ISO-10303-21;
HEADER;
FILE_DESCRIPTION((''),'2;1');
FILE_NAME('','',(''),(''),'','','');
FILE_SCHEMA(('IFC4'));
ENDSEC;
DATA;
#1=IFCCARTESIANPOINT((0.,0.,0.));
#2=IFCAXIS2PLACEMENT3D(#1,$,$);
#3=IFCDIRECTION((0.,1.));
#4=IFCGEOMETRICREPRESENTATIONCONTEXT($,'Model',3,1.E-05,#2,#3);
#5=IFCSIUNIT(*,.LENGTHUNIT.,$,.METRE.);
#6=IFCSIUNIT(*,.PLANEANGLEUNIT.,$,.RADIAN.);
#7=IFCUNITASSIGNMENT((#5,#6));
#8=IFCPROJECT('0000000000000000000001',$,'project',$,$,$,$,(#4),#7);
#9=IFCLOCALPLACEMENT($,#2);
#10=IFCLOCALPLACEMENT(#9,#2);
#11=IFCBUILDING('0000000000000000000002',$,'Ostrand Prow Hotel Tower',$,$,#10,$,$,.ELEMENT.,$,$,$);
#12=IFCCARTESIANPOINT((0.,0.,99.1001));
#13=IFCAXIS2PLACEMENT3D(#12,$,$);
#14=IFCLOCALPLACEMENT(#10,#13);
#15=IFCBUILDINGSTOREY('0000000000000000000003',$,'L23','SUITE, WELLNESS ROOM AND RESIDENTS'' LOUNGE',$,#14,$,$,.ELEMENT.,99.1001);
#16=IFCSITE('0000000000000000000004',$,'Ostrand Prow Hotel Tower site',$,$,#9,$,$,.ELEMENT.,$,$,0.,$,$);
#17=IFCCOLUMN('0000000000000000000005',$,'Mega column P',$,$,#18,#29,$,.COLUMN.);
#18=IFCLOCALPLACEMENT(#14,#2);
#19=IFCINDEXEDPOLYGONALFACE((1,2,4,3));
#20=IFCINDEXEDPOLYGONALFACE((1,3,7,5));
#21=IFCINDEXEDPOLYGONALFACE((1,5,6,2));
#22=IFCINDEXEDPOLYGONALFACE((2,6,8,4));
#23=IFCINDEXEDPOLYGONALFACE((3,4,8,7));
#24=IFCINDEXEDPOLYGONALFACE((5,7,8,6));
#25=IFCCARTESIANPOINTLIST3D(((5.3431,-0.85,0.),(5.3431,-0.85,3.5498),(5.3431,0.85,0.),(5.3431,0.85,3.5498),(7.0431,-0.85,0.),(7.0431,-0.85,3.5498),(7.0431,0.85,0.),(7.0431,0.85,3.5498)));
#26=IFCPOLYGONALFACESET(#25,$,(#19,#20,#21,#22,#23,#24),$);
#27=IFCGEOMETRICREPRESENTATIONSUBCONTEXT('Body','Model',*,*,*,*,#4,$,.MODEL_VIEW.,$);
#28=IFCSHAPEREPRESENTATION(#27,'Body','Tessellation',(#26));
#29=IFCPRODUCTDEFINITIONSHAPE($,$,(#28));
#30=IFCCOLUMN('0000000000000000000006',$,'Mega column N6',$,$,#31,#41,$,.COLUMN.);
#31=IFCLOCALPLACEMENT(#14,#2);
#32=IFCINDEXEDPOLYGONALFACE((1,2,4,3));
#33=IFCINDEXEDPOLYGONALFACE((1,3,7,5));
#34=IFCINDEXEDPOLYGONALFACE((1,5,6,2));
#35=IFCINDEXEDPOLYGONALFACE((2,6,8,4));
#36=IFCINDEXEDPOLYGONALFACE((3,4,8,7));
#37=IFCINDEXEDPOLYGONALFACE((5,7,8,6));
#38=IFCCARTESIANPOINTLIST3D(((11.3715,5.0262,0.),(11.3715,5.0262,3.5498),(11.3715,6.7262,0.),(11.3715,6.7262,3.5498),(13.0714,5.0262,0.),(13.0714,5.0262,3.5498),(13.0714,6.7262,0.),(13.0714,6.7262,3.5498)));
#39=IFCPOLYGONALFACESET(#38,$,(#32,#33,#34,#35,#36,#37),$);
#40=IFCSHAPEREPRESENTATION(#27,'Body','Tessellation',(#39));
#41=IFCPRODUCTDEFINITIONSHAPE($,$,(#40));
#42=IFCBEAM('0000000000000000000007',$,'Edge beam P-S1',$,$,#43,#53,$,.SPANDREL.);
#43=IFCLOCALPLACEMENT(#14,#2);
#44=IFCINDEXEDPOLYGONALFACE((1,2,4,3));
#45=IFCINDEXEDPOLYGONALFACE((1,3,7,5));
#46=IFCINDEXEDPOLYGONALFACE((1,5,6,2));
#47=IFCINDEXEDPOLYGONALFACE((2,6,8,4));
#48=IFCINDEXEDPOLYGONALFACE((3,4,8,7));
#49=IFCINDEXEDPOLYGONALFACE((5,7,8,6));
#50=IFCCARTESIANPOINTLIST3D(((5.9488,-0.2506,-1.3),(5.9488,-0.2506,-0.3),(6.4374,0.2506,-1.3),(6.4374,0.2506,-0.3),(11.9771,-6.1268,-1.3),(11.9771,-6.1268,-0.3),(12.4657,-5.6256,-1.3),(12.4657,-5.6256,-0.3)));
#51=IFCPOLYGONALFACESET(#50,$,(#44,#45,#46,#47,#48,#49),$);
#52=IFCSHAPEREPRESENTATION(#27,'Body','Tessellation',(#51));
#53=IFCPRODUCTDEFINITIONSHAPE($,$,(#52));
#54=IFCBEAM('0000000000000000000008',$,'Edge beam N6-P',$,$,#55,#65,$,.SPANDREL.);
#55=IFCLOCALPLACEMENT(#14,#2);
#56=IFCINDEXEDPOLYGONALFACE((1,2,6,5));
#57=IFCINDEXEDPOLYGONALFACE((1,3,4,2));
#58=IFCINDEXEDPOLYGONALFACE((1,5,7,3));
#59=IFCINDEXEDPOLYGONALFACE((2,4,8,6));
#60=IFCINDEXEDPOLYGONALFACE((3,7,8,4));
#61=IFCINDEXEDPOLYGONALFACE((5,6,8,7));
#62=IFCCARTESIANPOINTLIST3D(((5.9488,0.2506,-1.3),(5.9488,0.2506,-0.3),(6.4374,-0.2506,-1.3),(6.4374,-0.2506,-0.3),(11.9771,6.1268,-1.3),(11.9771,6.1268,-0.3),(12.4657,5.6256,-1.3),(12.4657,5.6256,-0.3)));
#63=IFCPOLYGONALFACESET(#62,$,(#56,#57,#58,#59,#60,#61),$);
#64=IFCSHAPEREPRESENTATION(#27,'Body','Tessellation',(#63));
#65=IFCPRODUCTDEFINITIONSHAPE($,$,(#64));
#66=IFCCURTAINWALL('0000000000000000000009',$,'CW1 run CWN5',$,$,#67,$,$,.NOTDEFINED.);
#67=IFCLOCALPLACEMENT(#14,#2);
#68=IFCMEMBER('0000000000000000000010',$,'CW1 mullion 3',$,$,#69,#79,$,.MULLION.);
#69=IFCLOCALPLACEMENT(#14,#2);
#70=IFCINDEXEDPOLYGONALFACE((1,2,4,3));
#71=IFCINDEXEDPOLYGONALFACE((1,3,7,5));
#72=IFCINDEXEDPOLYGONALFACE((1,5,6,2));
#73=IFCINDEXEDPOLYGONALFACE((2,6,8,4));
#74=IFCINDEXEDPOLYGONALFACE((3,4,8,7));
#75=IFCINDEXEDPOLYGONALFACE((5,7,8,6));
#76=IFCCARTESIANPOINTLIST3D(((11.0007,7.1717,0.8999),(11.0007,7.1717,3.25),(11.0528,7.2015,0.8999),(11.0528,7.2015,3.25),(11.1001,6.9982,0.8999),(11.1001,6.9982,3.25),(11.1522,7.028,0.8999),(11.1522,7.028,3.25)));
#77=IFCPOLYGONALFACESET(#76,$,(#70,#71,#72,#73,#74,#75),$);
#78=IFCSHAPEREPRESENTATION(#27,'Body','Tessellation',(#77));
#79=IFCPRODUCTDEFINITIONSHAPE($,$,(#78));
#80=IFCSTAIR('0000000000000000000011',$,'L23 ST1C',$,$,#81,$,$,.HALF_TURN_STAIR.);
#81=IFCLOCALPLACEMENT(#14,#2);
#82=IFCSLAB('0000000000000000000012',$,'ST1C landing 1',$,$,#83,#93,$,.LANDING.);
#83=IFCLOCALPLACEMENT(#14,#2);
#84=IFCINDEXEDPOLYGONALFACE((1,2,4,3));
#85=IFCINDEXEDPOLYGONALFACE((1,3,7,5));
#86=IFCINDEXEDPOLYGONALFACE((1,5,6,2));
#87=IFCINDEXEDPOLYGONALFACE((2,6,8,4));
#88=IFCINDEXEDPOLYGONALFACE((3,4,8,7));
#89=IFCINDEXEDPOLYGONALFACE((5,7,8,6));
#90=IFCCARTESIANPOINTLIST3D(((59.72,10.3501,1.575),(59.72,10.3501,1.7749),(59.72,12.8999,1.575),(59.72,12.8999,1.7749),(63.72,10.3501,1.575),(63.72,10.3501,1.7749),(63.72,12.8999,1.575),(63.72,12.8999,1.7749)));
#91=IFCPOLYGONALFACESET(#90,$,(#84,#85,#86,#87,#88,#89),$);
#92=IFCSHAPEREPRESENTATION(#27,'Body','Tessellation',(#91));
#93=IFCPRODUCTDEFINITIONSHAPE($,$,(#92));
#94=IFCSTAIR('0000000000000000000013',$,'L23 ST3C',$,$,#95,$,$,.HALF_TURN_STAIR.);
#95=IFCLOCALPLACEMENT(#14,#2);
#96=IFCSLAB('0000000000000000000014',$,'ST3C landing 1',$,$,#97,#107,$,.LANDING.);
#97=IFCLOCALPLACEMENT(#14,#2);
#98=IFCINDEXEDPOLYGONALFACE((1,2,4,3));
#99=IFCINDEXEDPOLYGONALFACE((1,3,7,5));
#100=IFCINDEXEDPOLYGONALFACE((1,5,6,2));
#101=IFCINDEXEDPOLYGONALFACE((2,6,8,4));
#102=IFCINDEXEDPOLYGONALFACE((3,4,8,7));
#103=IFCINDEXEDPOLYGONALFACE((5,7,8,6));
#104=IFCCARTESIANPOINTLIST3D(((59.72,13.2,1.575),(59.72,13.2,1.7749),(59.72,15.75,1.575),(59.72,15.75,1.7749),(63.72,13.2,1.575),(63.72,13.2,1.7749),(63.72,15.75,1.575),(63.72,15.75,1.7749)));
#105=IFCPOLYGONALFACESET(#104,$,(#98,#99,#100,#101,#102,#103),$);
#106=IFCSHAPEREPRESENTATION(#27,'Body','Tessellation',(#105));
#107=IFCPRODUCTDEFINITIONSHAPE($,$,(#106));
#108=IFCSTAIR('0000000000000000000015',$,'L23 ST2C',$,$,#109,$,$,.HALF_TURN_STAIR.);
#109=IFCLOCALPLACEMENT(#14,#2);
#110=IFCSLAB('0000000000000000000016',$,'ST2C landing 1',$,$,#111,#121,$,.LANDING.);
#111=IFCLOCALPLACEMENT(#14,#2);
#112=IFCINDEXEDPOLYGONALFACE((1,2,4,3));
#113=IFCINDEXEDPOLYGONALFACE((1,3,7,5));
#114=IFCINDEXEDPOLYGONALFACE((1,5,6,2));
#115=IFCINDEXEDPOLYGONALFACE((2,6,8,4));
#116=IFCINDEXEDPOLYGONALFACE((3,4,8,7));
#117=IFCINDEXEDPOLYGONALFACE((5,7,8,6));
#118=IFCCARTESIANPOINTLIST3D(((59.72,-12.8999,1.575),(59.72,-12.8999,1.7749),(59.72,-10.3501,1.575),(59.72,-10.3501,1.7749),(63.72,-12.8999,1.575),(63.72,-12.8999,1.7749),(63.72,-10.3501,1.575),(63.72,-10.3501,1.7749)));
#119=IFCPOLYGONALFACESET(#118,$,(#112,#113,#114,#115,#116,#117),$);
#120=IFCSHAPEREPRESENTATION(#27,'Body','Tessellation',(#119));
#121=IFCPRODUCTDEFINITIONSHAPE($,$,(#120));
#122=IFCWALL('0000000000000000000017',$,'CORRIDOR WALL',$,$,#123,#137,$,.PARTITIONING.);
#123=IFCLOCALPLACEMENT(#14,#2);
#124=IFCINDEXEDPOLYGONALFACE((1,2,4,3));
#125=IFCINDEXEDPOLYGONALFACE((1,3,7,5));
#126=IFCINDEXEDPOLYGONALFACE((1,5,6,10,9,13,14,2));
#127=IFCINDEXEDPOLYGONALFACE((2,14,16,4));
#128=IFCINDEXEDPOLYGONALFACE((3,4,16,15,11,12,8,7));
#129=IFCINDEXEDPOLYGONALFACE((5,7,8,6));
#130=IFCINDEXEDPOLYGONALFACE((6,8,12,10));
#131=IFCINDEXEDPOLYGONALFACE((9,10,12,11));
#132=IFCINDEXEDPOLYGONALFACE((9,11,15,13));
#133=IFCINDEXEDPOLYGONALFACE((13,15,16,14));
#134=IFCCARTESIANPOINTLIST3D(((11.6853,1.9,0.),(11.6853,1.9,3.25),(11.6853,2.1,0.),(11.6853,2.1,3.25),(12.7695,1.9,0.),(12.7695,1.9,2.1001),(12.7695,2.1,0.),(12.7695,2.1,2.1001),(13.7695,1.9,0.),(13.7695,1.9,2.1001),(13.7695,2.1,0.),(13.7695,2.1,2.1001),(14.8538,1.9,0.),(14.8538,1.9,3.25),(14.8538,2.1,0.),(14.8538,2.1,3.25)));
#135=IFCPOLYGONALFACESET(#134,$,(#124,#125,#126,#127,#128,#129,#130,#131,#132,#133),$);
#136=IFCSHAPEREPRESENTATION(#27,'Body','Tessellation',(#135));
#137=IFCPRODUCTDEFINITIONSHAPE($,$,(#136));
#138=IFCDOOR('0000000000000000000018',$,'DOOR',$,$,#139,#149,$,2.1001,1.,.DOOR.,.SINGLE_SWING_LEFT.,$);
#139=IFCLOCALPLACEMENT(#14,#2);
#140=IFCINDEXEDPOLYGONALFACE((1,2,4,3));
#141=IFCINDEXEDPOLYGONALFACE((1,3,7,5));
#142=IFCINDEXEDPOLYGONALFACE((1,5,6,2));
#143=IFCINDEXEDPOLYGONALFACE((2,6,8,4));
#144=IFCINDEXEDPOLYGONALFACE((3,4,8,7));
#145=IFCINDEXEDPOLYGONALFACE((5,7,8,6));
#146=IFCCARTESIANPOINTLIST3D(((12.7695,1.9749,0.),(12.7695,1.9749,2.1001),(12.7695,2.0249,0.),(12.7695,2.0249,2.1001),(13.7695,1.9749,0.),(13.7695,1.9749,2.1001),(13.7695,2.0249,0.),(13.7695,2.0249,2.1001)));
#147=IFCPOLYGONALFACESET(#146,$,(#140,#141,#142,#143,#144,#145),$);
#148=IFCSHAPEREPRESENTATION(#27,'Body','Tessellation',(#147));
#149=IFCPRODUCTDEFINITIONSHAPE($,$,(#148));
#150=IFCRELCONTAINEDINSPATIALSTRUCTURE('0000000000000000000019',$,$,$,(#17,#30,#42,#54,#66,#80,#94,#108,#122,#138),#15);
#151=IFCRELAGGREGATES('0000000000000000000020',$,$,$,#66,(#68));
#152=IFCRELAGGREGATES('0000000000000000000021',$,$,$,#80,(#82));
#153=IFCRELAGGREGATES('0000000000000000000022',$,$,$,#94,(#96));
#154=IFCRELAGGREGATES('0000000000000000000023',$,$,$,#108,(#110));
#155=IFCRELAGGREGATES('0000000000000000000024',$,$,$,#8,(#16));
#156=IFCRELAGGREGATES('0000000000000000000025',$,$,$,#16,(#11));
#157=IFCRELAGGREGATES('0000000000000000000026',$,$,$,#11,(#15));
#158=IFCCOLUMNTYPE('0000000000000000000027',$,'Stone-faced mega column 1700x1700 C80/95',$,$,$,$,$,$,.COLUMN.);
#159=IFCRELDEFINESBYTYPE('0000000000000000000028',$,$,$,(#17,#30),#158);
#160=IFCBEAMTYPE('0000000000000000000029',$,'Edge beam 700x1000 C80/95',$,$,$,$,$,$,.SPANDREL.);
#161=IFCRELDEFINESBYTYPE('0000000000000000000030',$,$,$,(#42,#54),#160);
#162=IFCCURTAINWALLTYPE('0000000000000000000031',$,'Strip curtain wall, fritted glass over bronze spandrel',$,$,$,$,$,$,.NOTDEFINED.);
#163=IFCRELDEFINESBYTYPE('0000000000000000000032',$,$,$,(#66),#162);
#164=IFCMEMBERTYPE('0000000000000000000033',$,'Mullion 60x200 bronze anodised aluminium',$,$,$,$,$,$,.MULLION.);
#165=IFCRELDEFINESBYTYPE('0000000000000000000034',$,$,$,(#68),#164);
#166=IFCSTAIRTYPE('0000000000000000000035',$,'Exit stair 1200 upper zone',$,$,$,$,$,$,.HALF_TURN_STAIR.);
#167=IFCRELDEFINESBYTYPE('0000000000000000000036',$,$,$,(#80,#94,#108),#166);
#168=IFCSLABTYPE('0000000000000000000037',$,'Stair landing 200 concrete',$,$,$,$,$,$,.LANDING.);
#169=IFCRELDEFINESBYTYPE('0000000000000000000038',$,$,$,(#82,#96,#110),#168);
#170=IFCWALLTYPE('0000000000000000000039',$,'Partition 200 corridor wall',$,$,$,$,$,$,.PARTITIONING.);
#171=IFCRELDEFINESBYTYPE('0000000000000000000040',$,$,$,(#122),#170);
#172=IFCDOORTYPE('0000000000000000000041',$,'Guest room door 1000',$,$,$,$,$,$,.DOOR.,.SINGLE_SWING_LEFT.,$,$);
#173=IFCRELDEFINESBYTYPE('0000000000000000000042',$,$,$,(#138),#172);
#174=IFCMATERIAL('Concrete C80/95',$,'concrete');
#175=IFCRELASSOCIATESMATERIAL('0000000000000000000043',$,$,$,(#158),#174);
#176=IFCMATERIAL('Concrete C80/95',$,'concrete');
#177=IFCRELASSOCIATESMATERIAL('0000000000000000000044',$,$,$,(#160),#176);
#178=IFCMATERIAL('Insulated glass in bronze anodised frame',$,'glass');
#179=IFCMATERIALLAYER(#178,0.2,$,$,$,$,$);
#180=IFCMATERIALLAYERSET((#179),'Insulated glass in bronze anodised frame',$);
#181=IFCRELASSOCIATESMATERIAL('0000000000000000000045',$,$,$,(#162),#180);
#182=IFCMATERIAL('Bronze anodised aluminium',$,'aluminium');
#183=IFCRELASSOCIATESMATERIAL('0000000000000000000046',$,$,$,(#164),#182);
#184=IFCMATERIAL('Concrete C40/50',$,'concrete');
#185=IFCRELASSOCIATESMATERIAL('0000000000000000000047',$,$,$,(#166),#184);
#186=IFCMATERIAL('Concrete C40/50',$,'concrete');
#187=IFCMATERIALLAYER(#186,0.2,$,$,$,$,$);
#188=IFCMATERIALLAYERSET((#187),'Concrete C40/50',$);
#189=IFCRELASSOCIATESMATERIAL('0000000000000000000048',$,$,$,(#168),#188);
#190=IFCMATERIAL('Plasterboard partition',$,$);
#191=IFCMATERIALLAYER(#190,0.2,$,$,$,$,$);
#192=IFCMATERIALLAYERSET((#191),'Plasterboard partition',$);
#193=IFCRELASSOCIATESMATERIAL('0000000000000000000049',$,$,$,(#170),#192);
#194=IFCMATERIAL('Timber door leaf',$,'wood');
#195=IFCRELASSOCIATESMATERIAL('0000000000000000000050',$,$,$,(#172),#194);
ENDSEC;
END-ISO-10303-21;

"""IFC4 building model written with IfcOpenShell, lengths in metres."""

from ifc_helpers import new_model, si_unit, direction, frame, frame_2d, origin, origin_2d, place, context, subcontext, project, spatial, polyline, rectangle, outline, extrude, material, layer, layer_set, material_profile, profile_set, type_object, element, fill, aggregate, save


model = new_model("IFC4")

# Units and contexts
model_context = context("Model", 3, precision=1e-05, world=origin(), true_north=direction((0.0, 1.0)))
body_context = subcontext(model_context, "Body", "Model", "MODEL_VIEW")
ifc_project = project(units=[si_unit("LENGTHUNIT", "METRE"), si_unit("PLANEANGLEUNIT", "RADIAN")], contexts=[model_context])

# Site, building, storey
site_placement = place(None, origin())
site = spatial("IfcSite", under=ifc_project, at=site_placement, Name="Ostrand Prow Hotel Tower site", CompositionType="ELEMENT", RefElevation=0.0)
building_placement = place(site_placement, origin())
building = spatial("IfcBuilding", under=site, at=building_placement, Name="Ostrand Prow Hotel Tower", CompositionType="ELEMENT")
storey_placement = place(building_placement, frame((0.0, 0.0, 99.1001)))
storey = spatial("IfcBuildingStorey", under=building, at=storey_placement, Name="L23", Description="SUITE, WELLNESS ROOM AND RESIDENTS' LOUNGE", CompositionType="ELEMENT", Elevation=99.1001)

# Columns
ifc_material_1 = material(Name="Concrete C80/95", Category="concrete")
ifc_material_profile_1 = material_profile(ifc_material_1, rectangle(XDim=1.7, YDim=1.7, at=origin_2d()), Name="RC 1700x1700")
ifc_profile_set_1 = profile_set([ifc_material_profile_1], Name="Concrete C80/95")
column_type = type_object("IfcColumnType", Name="Stone-faced mega column 1700x1700 C80/95", PredefinedType="COLUMN", material=ifc_profile_set_1)
for number, where, z_axis, x_axis, name in (
    (1, (6.1931, 0.0, 0.0), (0.0, 0.0, 1.0), (1.0, 0.0, 0.0), "Mega column P"),
    (2, (12.2214, 5.8762, 0.0), (0.0, 0.0, 1.0), (1.0, 0.0, 0.0), "Mega column N6"),
):
    element("IfcColumn", number, at=place(storey_placement, frame(where, z_axis=z_axis, x_axis=x_axis)), inside=storey, type_object=column_type, Name=name, PredefinedType="COLUMN", context=body_context, shape_type="SweptSolid", body=[
        extrude(rectangle(XDim=1.7, YDim=1.7, at=origin_2d()), origin(), (0.0, 0.0, 1.0), 3.5498),
    ])

# Beams
ifc_material_2 = material(Name="Concrete C80/95", Category="concrete")
ifc_material_profile_2 = material_profile(ifc_material_2, rectangle(XDim=0.7, YDim=1.0, at=origin_2d()), Name="RC 700x1000")
ifc_profile_set_2 = profile_set([ifc_material_profile_2], Name="Concrete C80/95")
beam_type = type_object("IfcBeamType", Name="Edge beam 700x1000 C80/95", PredefinedType="SPANDREL", material=ifc_profile_set_2)
for number, where, z_axis, x_axis, name in (
    (3, (6.1931, 0.0, -0.8), (0.716083, -0.698015, 0.0), (0.698015, 0.716083, 0.0), "Edge beam P-S1"),
    (4, (12.2214, 5.8762, -0.8), (-0.716083, -0.698015, 0.0), (0.698015, -0.716083, 0.0), "Edge beam N6-P"),
):
    element("IfcBeam", number, at=place(storey_placement, frame(where, z_axis=z_axis, x_axis=x_axis)), inside=storey, type_object=beam_type, Name=name, PredefinedType="SPANDREL", context=body_context, shape_type="SweptSolid", body=[
        extrude(rectangle(XDim=0.7, YDim=1.0, at=origin_2d()), origin(), (0.0, 0.0, 1.0), 8.4185),
    ])

# Curtain wall, member
ifc_material_3 = material(Name="Insulated glass in bronze anodised frame", Category="glass")
ifc_layer_1 = layer(ifc_material_3, 0.2)
ifc_layer_set_1 = layer_set([ifc_layer_1], Name="Insulated glass in bronze anodised frame")
curtain_wall_type = type_object("IfcCurtainWallType", Name="Strip curtain wall, fritted glass over bronze spandrel", PredefinedType="NOTDEFINED", material=ifc_layer_set_1)
curtain_wall_placement = place(storey_placement, origin())
curtain_wall = element("IfcCurtainWall", 5, at=curtain_wall_placement, inside=storey, type_object=curtain_wall_type, Name="CW1 run CWN5", PredefinedType="NOTDEFINED")
ifc_material_4 = material(Name="Bronze anodised aluminium", Category="aluminium")
ifc_material_profile_3 = material_profile(ifc_material_4, rectangle(XDim=0.2, YDim=0.0601, at=origin_2d()), Name="Mullion 60x200 bronze anodised aluminium")
ifc_profile_set_3 = profile_set([ifc_material_profile_3], Name="Bronze anodised aluminium")
member_type = type_object("IfcMemberType", Name="Mullion 60x200 bronze anodised aluminium", PredefinedType="MULLION", material=ifc_profile_set_3)
member_placement = place(storey_placement, frame((11.0764, 7.0999, 0.8999), z_axis=(0.0, 0.0, 1.0), x_axis=(0.497115, -0.867685, 0.0)))
member = element("IfcMember", 6, at=member_placement, type_object=member_type, Name="CW1 mullion 3", PredefinedType="MULLION", context=body_context, shape_type="SweptSolid", body=[
    extrude(rectangle(XDim=0.2, YDim=0.0601, at=origin_2d()), origin(), (0.0, 0.0, 1.0), 2.3501),
])
aggregate(curtain_wall, [member])

# Stairs, slabs
ifc_material_5 = material(Name="Concrete C40/50", Category="concrete")
stair_type = type_object("IfcStairType", Name="Exit stair 1200 upper zone", PredefinedType="HALF_TURN_STAIR", material=ifc_material_5)
stair_1_placement = place(storey_placement, origin())
stair_1 = element("IfcStair", 7, at=stair_1_placement, inside=storey, type_object=stair_type, Name="L23 ST1C", PredefinedType="HALF_TURN_STAIR")
ifc_material_6 = material(Name="Concrete C40/50", Category="concrete")
ifc_layer_2 = layer(ifc_material_6, 0.2)
ifc_layer_set_2 = layer_set([ifc_layer_2], Name="Concrete C40/50")
slab_type = type_object("IfcSlabType", Name="Stair landing 200 concrete", PredefinedType="LANDING", material=ifc_layer_set_2)
slab_1_placement = place(storey_placement, frame((0.0, 0.0, 1.575)))
slab_1 = element("IfcSlab", 8, at=slab_1_placement, type_object=slab_type, Name="ST1C landing 1", PredefinedType="LANDING", context=body_context, shape_type="SweptSolid", body=[
    extrude(outline(polyline([(59.72, 10.3501), (63.72, 10.3501), (63.72, 12.8999), (59.72, 12.8999), (59.72, 10.3501)])), origin(), (0.0, 0.0, 1.0), 0.2),
])
aggregate(stair_1, [slab_1])
stair_2_placement = place(storey_placement, origin())
stair_2 = element("IfcStair", 9, at=stair_2_placement, inside=storey, type_object=stair_type, Name="L23 ST3C", PredefinedType="HALF_TURN_STAIR")
slab_2_placement = place(storey_placement, frame((0.0, 0.0, 1.575)))
slab_2 = element("IfcSlab", 10, at=slab_2_placement, type_object=slab_type, Name="ST3C landing 1", PredefinedType="LANDING", context=body_context, shape_type="SweptSolid", body=[
    extrude(outline(polyline([(59.72, 13.2), (63.72, 13.2), (63.72, 15.75), (59.72, 15.75), (59.72, 13.2)])), origin(), (0.0, 0.0, 1.0), 0.2),
])
aggregate(stair_2, [slab_2])
stair_3_placement = place(storey_placement, origin())
stair_3 = element("IfcStair", 11, at=stair_3_placement, inside=storey, type_object=stair_type, Name="L23 ST2C", PredefinedType="HALF_TURN_STAIR")
slab_3_placement = place(storey_placement, frame((0.0, 0.0, 1.575)))
slab_3 = element("IfcSlab", 12, at=slab_3_placement, type_object=slab_type, Name="ST2C landing 1", PredefinedType="LANDING", context=body_context, shape_type="SweptSolid", body=[
    extrude(outline(polyline([(59.72, -12.8999), (63.72, -12.8999), (63.72, -10.3501), (59.72, -10.3501), (59.72, -12.8999)])), origin(), (0.0, 0.0, 1.0), 0.2),
])
aggregate(stair_3, [slab_3])

# Wall, opening, door
ifc_material_7 = material(Name="Plasterboard partition")
ifc_layer_3 = layer(ifc_material_7, 0.2)
ifc_layer_set_3 = layer_set([ifc_layer_3], Name="Plasterboard partition")
wall_type_1 = type_object("IfcWallType", Name="Partition 200 corridor wall", PredefinedType="PARTITIONING", material=ifc_layer_set_3)
wall_1_placement = place(storey_placement, frame((11.6853, 2.0, 0.0), z_axis=(0.0, 0.0, 1.0), x_axis=(1.0, 0.0, 0.0)))
wall_1 = element("IfcWall", 13, at=wall_1_placement, inside=storey, type_object=wall_type_1, Name="CORRIDOR WALL", PredefinedType="PARTITIONING", context=body_context, shape_type="SweptSolid", body=[
    extrude(rectangle(XDim=3.1685, YDim=0.2, at=frame_2d((1.5842, 0.0))), origin(), (0.0, 0.0, 1.0), 3.25),
])
opening_1_placement = place(wall_1_placement, frame((1.0842, 0.0, 0.0)))
opening_1 = element("IfcOpeningElement", 14, at=opening_1_placement, cuts=wall_1, PredefinedType="OPENING", context=body_context, shape_type="SweptSolid", body=[
    extrude(rectangle(XDim=1.0, YDim=2.1001, at=frame_2d((0.5, 1.05))), frame((0.0, 0.1099, 0.0), z_axis=(0.0, -1.0, 0.0), x_axis=(1.0, 0.0, 0.0)), (0.0, 0.0, 1.0), 0.22),
])
ifc_material_8 = material(Name="Timber door leaf", Category="wood")
door_type = type_object("IfcDoorType", Name="Guest room door 1000", OperationType="SINGLE_SWING_LEFT", PredefinedType="DOOR", material=ifc_material_8)
door_placement = place(opening_1_placement, origin())
door = element("IfcDoor", 15, at=door_placement, inside=storey, type_object=door_type, Name="DOOR", OperationType="SINGLE_SWING_LEFT", OverallHeight=2.1001, OverallWidth=1.0, PredefinedType="DOOR", context=body_context, shape_type="SweptSolid", body=[
    extrude(rectangle(XDim=1.0, YDim=2.1001, at=frame_2d((0.5, 1.05))), frame((0.0, 0.0249, 0.0), z_axis=(0.0, -1.0, 0.0), x_axis=(1.0, 0.0, 0.0)), (0.0, 0.0, 1.0), 0.05),
])
fill(opening_1, door)

save(model, "model.ifc")
